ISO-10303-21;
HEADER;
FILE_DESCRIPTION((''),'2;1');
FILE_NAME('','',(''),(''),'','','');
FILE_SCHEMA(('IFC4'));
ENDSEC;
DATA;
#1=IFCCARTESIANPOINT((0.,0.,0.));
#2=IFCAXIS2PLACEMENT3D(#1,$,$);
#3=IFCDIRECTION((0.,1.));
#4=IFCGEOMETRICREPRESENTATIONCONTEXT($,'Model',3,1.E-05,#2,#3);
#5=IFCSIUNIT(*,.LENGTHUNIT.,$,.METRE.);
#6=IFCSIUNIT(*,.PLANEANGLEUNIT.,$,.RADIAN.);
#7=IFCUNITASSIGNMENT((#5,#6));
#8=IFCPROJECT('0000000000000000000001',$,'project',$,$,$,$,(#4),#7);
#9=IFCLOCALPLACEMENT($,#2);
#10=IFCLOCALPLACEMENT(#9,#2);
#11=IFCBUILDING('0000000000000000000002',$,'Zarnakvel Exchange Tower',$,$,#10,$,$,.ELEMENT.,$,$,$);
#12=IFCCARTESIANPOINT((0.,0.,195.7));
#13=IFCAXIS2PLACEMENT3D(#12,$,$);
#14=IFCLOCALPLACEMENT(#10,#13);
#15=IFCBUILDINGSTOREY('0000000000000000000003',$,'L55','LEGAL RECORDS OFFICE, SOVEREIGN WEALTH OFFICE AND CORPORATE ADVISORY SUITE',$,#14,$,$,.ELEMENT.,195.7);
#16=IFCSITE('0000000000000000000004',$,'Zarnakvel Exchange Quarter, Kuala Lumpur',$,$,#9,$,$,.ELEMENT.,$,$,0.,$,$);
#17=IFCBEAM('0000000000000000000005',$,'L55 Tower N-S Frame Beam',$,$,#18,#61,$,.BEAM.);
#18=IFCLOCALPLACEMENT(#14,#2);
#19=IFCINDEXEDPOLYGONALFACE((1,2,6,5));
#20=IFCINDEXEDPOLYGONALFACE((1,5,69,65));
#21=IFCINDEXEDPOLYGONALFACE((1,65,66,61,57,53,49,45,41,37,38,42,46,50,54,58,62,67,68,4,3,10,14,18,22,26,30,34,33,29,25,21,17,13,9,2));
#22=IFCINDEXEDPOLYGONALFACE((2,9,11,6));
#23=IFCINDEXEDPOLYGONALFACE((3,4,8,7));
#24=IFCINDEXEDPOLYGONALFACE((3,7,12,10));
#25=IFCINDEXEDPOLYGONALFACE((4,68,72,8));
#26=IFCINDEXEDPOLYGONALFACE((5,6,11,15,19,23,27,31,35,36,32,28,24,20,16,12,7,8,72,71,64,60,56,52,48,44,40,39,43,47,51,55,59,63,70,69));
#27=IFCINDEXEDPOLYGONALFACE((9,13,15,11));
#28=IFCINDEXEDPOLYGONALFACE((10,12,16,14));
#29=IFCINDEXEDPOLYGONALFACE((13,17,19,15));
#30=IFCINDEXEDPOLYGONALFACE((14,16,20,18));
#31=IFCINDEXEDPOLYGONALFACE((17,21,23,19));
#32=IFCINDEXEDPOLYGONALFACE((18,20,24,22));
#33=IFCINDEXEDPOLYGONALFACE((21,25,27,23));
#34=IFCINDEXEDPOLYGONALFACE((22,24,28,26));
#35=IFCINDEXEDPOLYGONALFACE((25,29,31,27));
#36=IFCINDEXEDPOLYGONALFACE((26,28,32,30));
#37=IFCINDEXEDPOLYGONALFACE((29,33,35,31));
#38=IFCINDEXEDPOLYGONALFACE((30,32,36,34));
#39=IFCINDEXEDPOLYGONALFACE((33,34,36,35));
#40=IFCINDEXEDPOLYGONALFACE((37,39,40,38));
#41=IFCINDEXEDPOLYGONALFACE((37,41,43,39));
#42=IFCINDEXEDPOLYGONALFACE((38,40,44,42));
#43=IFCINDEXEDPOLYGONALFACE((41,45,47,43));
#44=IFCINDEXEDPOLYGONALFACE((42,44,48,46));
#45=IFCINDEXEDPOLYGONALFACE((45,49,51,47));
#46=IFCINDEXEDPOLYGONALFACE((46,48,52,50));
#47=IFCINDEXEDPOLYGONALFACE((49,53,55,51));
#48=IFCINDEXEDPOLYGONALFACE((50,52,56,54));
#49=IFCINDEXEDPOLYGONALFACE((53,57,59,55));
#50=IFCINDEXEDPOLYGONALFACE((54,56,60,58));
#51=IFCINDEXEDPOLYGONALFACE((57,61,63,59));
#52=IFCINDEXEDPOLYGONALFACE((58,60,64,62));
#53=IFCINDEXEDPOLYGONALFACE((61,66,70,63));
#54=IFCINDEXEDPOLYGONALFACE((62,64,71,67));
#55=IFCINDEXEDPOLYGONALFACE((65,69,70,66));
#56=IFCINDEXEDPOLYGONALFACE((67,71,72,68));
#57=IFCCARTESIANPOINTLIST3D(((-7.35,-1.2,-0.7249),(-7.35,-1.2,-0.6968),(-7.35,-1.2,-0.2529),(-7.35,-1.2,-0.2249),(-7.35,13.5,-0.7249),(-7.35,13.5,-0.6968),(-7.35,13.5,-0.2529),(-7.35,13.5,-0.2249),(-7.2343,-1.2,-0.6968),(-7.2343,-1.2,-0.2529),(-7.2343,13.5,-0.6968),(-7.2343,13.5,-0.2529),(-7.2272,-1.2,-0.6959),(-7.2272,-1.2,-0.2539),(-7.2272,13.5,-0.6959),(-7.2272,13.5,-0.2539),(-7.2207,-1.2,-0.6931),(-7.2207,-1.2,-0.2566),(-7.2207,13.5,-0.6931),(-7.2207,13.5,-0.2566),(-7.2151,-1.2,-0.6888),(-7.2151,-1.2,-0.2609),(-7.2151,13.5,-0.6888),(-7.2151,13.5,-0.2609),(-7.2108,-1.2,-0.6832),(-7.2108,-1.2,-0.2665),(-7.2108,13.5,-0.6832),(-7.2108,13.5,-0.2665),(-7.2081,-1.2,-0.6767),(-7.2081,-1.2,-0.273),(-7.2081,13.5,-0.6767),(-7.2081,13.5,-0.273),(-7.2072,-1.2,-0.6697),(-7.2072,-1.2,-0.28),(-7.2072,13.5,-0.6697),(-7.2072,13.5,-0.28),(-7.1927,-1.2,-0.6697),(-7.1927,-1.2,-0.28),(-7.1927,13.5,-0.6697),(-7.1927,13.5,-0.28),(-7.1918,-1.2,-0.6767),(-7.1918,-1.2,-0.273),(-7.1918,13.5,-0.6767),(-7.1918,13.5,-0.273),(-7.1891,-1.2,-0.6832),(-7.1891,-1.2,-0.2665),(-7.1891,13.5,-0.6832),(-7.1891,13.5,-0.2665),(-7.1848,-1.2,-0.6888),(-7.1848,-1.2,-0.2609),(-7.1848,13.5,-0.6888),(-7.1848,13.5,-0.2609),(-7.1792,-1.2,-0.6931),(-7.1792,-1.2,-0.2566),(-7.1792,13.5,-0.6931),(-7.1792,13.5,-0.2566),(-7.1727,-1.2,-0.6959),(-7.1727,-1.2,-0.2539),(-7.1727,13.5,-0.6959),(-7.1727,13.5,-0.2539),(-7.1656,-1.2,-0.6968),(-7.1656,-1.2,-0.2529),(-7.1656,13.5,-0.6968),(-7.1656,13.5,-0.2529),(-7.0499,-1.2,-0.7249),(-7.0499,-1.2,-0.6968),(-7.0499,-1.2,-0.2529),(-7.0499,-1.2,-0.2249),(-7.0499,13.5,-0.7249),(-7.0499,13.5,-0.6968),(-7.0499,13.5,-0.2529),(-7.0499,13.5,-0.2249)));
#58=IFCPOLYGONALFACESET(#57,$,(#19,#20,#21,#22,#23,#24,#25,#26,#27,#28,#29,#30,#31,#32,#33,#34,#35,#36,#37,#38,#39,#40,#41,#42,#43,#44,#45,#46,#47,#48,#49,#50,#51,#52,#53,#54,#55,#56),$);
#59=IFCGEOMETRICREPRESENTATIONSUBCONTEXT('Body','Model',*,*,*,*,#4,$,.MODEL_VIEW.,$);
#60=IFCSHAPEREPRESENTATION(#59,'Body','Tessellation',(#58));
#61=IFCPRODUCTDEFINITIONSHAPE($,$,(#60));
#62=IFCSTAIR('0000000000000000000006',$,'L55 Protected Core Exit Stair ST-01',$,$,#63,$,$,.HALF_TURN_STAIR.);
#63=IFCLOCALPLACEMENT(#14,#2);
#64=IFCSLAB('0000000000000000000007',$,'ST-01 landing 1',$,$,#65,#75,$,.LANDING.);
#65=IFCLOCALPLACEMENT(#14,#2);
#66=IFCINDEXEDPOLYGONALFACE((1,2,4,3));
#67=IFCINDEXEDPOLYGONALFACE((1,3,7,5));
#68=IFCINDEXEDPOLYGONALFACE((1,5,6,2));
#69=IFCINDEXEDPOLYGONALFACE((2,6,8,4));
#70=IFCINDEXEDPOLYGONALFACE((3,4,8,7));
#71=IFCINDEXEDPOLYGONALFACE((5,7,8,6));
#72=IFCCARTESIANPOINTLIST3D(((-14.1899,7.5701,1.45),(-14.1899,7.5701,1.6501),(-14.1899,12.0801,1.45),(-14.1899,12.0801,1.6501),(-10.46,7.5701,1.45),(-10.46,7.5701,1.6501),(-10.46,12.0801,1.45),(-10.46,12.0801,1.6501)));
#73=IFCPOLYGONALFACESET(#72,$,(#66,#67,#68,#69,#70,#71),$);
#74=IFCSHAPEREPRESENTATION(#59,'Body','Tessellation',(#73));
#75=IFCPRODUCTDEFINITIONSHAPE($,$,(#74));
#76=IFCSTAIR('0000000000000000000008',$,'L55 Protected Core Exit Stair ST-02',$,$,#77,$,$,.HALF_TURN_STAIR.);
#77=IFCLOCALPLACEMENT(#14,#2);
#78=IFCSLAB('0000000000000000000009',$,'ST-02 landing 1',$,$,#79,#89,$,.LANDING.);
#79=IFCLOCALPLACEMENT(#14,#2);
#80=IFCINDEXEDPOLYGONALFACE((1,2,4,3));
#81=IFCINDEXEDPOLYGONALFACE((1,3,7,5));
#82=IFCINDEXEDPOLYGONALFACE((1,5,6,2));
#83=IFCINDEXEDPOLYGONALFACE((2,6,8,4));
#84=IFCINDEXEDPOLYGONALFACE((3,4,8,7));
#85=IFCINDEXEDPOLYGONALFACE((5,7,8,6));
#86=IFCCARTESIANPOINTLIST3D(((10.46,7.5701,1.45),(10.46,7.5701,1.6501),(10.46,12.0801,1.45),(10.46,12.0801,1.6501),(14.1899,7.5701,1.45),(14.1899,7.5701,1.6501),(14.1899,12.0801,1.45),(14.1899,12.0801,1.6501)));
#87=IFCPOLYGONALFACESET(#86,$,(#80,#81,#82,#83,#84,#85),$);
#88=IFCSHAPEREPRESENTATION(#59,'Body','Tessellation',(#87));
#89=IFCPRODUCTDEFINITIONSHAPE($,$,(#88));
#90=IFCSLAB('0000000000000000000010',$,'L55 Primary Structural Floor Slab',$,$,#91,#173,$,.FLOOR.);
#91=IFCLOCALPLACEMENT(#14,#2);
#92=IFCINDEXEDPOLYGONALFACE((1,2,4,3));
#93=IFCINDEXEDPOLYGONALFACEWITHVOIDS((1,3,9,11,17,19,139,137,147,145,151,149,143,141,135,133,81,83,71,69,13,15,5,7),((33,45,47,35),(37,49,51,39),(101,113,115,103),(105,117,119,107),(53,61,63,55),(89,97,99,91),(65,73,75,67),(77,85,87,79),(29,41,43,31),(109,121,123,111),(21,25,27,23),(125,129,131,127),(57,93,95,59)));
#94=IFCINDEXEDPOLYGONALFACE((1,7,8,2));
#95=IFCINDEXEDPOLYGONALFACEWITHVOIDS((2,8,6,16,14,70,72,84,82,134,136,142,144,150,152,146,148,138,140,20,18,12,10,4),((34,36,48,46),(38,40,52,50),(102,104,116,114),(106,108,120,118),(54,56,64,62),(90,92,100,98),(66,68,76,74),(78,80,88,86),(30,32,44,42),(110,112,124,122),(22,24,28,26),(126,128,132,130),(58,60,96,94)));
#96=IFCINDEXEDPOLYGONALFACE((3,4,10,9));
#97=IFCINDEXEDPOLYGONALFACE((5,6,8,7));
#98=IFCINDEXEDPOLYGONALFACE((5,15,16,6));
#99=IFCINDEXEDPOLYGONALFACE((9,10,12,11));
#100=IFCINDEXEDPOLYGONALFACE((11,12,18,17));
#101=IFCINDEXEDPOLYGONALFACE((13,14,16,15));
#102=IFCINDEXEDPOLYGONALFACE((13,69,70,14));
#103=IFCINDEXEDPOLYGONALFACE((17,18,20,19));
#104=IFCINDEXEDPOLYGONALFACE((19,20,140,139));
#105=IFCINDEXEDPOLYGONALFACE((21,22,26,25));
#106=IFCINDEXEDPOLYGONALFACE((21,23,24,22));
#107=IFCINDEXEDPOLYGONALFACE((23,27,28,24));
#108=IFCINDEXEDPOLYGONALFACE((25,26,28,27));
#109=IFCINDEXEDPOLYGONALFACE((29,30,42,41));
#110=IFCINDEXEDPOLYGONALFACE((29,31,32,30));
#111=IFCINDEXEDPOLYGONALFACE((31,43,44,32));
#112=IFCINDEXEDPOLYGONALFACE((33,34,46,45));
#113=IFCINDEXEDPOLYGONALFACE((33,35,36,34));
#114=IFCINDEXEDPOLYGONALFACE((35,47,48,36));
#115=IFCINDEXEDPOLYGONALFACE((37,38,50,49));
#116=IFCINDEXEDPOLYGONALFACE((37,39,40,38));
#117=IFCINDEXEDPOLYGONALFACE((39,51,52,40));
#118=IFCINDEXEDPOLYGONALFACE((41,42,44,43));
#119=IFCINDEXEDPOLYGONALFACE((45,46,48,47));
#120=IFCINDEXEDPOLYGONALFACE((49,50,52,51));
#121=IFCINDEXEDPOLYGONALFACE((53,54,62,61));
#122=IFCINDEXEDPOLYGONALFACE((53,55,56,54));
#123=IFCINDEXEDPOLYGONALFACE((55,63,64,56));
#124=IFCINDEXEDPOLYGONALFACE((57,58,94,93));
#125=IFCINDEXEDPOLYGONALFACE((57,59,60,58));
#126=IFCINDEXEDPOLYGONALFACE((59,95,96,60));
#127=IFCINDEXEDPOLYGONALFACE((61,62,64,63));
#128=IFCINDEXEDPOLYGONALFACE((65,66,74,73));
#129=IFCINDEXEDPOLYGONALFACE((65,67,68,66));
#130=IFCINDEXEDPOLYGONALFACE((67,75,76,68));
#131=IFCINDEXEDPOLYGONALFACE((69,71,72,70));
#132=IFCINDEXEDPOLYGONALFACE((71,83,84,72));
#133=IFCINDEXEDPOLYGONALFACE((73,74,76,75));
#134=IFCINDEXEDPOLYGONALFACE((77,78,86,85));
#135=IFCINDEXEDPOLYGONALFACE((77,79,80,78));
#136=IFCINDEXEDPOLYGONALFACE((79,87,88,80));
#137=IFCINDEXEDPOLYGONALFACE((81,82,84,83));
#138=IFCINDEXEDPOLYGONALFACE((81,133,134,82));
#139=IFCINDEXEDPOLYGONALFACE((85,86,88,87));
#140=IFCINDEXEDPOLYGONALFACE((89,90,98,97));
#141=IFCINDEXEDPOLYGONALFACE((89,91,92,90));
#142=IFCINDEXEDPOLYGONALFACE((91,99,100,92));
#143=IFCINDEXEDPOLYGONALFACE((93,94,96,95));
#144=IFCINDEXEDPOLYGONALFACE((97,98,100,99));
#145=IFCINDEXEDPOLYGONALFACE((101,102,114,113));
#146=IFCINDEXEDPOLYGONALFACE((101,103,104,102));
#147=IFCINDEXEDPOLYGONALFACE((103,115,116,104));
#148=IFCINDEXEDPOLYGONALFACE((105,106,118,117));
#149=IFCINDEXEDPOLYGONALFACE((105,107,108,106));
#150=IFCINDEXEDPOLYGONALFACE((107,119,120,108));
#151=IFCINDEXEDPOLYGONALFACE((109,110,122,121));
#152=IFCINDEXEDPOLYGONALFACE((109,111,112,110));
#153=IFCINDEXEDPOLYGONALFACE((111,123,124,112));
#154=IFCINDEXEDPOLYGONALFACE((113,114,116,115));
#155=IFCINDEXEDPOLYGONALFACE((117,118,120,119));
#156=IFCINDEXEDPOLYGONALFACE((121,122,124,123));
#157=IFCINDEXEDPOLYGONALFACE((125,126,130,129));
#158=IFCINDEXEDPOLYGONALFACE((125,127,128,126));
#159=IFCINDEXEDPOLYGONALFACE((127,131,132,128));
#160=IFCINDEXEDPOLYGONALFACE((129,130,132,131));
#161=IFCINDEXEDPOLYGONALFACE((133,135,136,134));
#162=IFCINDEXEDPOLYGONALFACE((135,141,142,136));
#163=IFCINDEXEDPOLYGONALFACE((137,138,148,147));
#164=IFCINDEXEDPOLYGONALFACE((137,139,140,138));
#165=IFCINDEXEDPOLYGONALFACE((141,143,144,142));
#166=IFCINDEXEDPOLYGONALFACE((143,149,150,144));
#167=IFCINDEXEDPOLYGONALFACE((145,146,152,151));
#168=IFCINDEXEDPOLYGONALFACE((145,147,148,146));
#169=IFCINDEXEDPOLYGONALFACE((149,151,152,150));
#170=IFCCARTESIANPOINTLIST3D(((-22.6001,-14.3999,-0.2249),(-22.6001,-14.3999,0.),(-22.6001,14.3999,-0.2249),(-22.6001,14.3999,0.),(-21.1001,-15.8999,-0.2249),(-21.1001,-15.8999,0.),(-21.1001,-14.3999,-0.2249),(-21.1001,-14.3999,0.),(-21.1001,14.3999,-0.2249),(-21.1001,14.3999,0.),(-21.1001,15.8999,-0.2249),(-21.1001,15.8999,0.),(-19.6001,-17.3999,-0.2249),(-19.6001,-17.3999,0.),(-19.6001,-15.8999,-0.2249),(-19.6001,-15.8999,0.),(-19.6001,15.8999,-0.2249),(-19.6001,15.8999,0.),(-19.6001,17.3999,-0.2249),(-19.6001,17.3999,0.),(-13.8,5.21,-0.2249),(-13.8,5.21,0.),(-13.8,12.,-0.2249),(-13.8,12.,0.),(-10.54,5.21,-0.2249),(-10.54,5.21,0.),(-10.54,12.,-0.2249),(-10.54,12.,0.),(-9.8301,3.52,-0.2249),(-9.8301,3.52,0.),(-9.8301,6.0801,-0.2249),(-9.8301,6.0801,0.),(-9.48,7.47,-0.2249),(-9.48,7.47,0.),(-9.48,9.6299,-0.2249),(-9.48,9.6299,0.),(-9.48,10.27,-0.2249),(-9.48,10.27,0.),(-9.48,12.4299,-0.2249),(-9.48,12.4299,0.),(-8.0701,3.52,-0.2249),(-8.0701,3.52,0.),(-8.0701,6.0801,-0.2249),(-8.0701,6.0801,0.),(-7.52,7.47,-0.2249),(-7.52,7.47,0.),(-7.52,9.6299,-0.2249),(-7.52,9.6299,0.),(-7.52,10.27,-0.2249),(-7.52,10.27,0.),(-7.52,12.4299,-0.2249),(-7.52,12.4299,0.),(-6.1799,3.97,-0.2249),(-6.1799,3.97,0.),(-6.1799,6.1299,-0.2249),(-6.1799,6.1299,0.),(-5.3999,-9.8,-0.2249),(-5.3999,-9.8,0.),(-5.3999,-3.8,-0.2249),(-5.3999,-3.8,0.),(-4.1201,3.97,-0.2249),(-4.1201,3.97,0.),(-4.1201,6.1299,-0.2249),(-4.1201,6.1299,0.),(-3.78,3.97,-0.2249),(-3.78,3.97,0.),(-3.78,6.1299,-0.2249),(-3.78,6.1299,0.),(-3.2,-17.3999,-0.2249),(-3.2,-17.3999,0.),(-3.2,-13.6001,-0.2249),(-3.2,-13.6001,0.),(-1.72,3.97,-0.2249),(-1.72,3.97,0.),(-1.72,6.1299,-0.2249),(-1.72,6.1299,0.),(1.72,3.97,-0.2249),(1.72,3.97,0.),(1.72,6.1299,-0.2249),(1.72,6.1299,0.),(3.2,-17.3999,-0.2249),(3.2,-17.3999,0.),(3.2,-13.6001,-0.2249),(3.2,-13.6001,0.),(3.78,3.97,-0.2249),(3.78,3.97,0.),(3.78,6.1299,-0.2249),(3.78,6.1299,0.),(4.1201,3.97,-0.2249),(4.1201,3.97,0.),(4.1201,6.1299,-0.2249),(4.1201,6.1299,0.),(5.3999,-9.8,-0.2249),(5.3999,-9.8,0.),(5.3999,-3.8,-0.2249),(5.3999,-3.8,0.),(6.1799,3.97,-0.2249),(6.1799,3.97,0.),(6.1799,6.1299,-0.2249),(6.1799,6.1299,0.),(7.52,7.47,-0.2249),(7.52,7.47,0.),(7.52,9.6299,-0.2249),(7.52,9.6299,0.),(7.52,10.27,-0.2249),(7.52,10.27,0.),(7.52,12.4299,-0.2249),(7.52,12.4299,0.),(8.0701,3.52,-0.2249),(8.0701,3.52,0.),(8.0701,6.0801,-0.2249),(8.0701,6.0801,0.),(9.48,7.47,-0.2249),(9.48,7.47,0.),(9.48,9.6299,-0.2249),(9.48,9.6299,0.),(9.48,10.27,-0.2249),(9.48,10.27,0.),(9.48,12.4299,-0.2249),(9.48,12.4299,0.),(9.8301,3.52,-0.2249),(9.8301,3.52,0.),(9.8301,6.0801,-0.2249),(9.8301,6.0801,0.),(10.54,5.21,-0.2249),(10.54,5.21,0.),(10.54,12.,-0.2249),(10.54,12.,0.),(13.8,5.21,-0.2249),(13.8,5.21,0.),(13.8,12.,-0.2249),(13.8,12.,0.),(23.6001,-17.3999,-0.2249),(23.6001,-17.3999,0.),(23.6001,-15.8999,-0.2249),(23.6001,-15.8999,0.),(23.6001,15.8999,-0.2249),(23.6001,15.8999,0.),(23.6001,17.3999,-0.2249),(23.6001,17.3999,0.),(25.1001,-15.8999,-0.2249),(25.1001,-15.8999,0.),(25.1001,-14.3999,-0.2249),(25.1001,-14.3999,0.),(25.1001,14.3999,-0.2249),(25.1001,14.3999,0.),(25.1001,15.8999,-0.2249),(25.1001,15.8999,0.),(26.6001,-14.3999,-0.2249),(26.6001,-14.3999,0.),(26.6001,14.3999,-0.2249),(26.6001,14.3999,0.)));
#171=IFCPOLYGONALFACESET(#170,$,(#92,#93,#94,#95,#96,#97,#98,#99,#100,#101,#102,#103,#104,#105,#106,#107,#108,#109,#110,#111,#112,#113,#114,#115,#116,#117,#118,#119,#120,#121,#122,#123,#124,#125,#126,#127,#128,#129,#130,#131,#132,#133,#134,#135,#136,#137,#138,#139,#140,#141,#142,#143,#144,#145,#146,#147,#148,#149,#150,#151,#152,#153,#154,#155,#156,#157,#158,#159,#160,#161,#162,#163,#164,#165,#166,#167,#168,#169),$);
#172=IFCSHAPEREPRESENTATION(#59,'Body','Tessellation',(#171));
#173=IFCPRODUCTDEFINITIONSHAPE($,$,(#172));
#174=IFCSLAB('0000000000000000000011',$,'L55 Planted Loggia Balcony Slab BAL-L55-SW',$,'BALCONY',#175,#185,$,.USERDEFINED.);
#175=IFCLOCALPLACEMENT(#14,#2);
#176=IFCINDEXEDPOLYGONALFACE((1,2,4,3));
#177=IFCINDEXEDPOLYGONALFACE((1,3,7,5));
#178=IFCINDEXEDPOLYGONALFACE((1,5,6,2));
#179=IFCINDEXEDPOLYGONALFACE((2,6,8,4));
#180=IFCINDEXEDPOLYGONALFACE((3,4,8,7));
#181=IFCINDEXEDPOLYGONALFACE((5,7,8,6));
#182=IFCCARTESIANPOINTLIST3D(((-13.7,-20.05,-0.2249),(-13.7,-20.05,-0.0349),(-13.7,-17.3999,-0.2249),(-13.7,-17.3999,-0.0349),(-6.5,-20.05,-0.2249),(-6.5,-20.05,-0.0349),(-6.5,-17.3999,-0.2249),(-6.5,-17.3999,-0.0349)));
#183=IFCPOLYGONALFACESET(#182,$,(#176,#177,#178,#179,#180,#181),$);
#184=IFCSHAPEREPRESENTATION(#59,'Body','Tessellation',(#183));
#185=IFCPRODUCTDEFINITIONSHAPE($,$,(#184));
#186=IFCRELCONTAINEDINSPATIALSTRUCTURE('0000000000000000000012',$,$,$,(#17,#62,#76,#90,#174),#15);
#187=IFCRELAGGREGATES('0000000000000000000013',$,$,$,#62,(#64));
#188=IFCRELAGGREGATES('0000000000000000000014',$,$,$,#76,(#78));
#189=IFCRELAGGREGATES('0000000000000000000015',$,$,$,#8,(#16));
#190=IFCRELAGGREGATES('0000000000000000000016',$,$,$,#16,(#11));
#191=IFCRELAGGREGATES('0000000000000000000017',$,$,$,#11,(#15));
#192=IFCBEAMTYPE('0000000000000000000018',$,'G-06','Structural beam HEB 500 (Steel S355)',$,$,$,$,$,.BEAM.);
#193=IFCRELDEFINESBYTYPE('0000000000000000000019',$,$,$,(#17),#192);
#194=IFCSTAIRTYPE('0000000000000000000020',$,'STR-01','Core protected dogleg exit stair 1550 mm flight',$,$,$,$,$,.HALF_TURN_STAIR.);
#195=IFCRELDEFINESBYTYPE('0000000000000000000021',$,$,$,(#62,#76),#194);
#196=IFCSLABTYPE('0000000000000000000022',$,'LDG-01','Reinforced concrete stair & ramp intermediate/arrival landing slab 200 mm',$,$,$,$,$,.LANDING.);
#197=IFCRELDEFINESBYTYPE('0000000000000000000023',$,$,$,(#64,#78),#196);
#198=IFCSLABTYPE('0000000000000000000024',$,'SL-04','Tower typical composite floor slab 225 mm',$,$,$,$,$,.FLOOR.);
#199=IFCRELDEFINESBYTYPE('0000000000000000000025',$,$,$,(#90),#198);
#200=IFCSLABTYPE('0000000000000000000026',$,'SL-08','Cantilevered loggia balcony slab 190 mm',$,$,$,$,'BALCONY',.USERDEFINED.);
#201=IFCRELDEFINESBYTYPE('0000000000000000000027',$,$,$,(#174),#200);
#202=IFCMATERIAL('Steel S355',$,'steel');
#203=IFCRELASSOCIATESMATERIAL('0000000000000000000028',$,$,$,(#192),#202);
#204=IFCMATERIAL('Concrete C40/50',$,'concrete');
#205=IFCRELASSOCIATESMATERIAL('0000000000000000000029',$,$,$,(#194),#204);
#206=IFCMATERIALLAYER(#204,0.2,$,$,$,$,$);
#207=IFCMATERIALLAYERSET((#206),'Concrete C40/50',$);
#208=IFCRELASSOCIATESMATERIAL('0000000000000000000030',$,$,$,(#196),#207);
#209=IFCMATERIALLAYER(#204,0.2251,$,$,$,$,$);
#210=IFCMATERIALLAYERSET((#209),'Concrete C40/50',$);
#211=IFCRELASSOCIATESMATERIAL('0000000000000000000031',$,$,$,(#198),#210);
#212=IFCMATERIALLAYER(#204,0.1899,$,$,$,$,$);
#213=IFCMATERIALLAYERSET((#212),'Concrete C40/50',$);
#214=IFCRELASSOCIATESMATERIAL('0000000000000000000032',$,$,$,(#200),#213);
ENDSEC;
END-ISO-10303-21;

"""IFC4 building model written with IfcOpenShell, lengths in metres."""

from ifc_helpers import new_model, si_unit, direction, frame, origin, origin_2d, place, context, subcontext, project, spatial, polyline, i_section, outline, extrude, material, layer, layer_set, material_profile, profile_set, type_object, element, aggregate, save


model = new_model("IFC4")

# Units and contexts
model_context = context("Model", 3, precision=1e-05, world=origin(), true_north=direction((0.0, 1.0)))
body_context = subcontext(model_context, "Body", "Model", "MODEL_VIEW")
ifc_project = project(units=[si_unit("LENGTHUNIT", "METRE"), si_unit("PLANEANGLEUNIT", "RADIAN")], contexts=[model_context])

# Site, building, storey
site_placement = place(None, origin())
site = spatial("IfcSite", under=ifc_project, at=site_placement, Name="Zarnakvel Exchange Quarter, Kuala Lumpur", CompositionType="ELEMENT", RefElevation=0.0)
building_placement = place(site_placement, origin())
building = spatial("IfcBuilding", under=site, at=building_placement, Name="Zarnakvel Exchange Tower", CompositionType="ELEMENT")
storey_placement = place(building_placement, frame((0.0, 0.0, 195.7)))
storey = spatial("IfcBuildingStorey", under=building, at=storey_placement, Name="L55", Description="LEGAL RECORDS OFFICE, SOVEREIGN WEALTH OFFICE AND CORPORATE ADVISORY SUITE", CompositionType="ELEMENT", Elevation=195.7)

# Beam
ifc_material_1 = material(Name="Steel S355", Category="steel")
ifc_material_profile_1 = material_profile(ifc_material_1, i_section(OverallWidth=0.3, OverallDepth=0.5, WebThickness=0.0144, FlangeThickness=0.0281, FilletRadius=0.0271, at=origin_2d()))
ifc_profile_set_1 = profile_set([ifc_material_profile_1], Name="Steel S355")
beam_type_1 = type_object("IfcBeamType", Name="G-06", Description="Structural beam HEB 500 (Steel S355)", PredefinedType="BEAM", material=ifc_profile_set_1)
beam_1_placement = place(storey_placement, frame((-7.2, -1.2, -0.4749), z_axis=(0.0, 1.0, 0.0), x_axis=(-1.0, 0.0, 0.0)))
element("IfcBeam", 1, at=beam_1_placement, inside=storey, type_object=beam_type_1, Name="L55 Tower N-S Frame Beam", PredefinedType="BEAM", context=body_context, shape_type="SweptSolid", body=[
    extrude(i_section(OverallWidth=0.3, OverallDepth=0.5, WebThickness=0.0144, FlangeThickness=0.0281, FilletRadius=0.0271, at=origin_2d()), origin(), (0.0, 0.0, 1.0), 14.7),
])

# Stairs, slabs
ifc_material_2 = material(Name="Concrete C40/50", Category="concrete")
stair_type = type_object("IfcStairType", Name="STR-01", Description="Core protected dogleg exit stair 1550 mm flight", PredefinedType="HALF_TURN_STAIR", material=ifc_material_2)
stair_1_placement = place(storey_placement, origin())
stair_1 = element("IfcStair", 2, at=stair_1_placement, inside=storey, type_object=stair_type, Name="L55 Protected Core Exit Stair ST-01", PredefinedType="HALF_TURN_STAIR")
ifc_layer_1 = layer(ifc_material_2, 0.2)
ifc_layer_set_1 = layer_set([ifc_layer_1], Name="Concrete C40/50")
slab_type_1 = type_object("IfcSlabType", Name="LDG-01", Description="Reinforced concrete stair & ramp intermediate/arrival landing slab 200 mm", PredefinedType="LANDING", material=ifc_layer_set_1)
slab_1_placement = place(storey_placement, frame((0.0, 0.0, 1.45)))
slab_1 = element("IfcSlab", 3, at=slab_1_placement, type_object=slab_type_1, Name="ST-01 landing 1", PredefinedType="LANDING", context=body_context, shape_type="SweptSolid", body=[
    extrude(outline(polyline([(-14.1899, 7.5701), (-10.46, 7.5701), (-10.46, 12.0801), (-14.1899, 12.0801), (-14.1899, 7.5701)])), origin(), (0.0, 0.0, 1.0), 0.2002),
])
aggregate(stair_1, [slab_1])
stair_2_placement = place(storey_placement, origin())
stair_2 = element("IfcStair", 4, at=stair_2_placement, inside=storey, type_object=stair_type, Name="L55 Protected Core Exit Stair ST-02", PredefinedType="HALF_TURN_STAIR")
slab_2_placement = place(storey_placement, frame((0.0, 0.0, 1.45)))
slab_2 = element("IfcSlab", 5, at=slab_2_placement, type_object=slab_type_1, Name="ST-02 landing 1", PredefinedType="LANDING", context=body_context, shape_type="SweptSolid", body=[
    extrude(outline(polyline([(10.46, 7.5701), (14.1899, 7.5701), (14.1899, 12.0801), (10.46, 12.0801), (10.46, 7.5701)])), origin(), (0.0, 0.0, 1.0), 0.2002),
])
aggregate(stair_2, [slab_2])

# Slabs
ifc_layer_2 = layer(ifc_material_2, 0.2251)
ifc_layer_set_2 = layer_set([ifc_layer_2], Name="Concrete C40/50")
slab_type_2 = type_object("IfcSlabType", Name="SL-04", Description="Tower typical composite floor slab 225 mm", PredefinedType="FLOOR", material=ifc_layer_set_2)
slab_3_placement = place(storey_placement, frame((0.0, 0.0, -0.2249)))
element("IfcSlab", 6, at=slab_3_placement, inside=storey, type_object=slab_type_2, Name="L55 Primary Structural Floor Slab", PredefinedType="FLOOR", context=body_context, shape_type="SweptSolid", body=[
    extrude(outline(polyline([(-22.6001, -14.3999), (-21.1001, -14.3999), (-21.1001, -15.8999), (-19.6001, -15.8999), (-19.6001, -17.3999), (-3.2, -17.3999), (-3.2, -13.6001), (3.2, -13.6001), (3.2, -17.3999), (23.6001, -17.3999), (23.6001, -15.8999), (25.1001, -15.8999), (25.1001, -14.3999), (26.6001, -14.3999), (26.6001, 14.3999), (25.1001, 14.3999), (25.1001, 15.8999), (23.6001, 15.8999), (23.6001, 17.3999), (-19.6001, 17.3999), (-19.6001, 15.8999), (-21.1001, 15.8999), (-21.1001, 14.3999), (-22.6001, 14.3999), (-22.6001, -14.3999)]), holes=[polyline([(-5.3999, -9.8), (5.3999, -9.8), (5.3999, -3.8), (-5.3999, -3.8), (-5.3999, -9.8)]), polyline([(-13.8, 5.21), (-10.54, 5.21), (-10.54, 12.0), (-13.8, 12.0), (-13.8, 5.21)]), polyline([(10.54, 5.21), (13.8, 5.21), (13.8, 12.0), (10.54, 12.0), (10.54, 5.21)]), polyline([(-9.8301, 3.52), (-8.0701, 3.52), (-8.0701, 6.0801), (-9.8301, 6.0801), (-9.8301, 3.52)]), polyline([(8.0701, 3.52), (9.8301, 3.52), (9.8301, 6.0801), (8.0701, 6.0801), (8.0701, 3.52)]), polyline([(-6.1799, 3.97), (-4.1201, 3.97), (-4.1201, 6.1299), (-6.1799, 6.1299), (-6.1799, 3.97)]), polyline([(-3.78, 3.97), (-1.72, 3.97), (-1.72, 6.1299), (-3.78, 6.1299), (-3.78, 3.97)]), polyline([(1.72, 3.97), (3.78, 3.97), (3.78, 6.1299), (1.72, 6.1299), (1.72, 3.97)]), polyline([(4.1201, 3.97), (6.1799, 3.97), (6.1799, 6.1299), (4.1201, 6.1299), (4.1201, 3.97)]), polyline([(-9.48, 7.47), (-7.52, 7.47), (-7.52, 9.6299), (-9.48, 9.6299), (-9.48, 7.47)]), polyline([(-9.48, 10.27), (-7.52, 10.27), (-7.52, 12.4299), (-9.48, 12.4299), (-9.48, 10.27)]), polyline([(7.52, 7.47), (9.48, 7.47), (9.48, 9.6299), (7.52, 9.6299), (7.52, 7.47)]), polyline([(7.52, 10.27), (9.48, 10.27), (9.48, 12.4299), (7.52, 12.4299), (7.52, 10.27)])]), origin(), (0.0, 0.0, 1.0), 0.2249),
])
ifc_layer_3 = layer(ifc_material_2, 0.1899)
ifc_layer_set_3 = layer_set([ifc_layer_3], Name="Concrete C40/50")
slab_type_3 = type_object("IfcSlabType", Name="SL-08", Description="Cantilevered loggia balcony slab 190 mm", ElementType="BALCONY", PredefinedType="USERDEFINED", material=ifc_layer_set_3)
slab_4_placement = place(storey_placement, frame((0.0, 0.0, -0.2249)))
element("IfcSlab", 7, at=slab_4_placement, inside=storey, type_object=slab_type_3, Name="L55 Planted Loggia Balcony Slab BAL-L55-SW", ObjectType="BALCONY", PredefinedType="USERDEFINED", context=body_context, shape_type="SweptSolid", body=[
    extrude(outline(polyline([(-13.7, -20.05), (-6.5, -20.05), (-6.5, -17.3999), (-13.7, -17.3999), (-13.7, -20.05)])), origin(), (0.0, 0.0, 1.0), 0.1899),
])

save(model, "model.ifc")
